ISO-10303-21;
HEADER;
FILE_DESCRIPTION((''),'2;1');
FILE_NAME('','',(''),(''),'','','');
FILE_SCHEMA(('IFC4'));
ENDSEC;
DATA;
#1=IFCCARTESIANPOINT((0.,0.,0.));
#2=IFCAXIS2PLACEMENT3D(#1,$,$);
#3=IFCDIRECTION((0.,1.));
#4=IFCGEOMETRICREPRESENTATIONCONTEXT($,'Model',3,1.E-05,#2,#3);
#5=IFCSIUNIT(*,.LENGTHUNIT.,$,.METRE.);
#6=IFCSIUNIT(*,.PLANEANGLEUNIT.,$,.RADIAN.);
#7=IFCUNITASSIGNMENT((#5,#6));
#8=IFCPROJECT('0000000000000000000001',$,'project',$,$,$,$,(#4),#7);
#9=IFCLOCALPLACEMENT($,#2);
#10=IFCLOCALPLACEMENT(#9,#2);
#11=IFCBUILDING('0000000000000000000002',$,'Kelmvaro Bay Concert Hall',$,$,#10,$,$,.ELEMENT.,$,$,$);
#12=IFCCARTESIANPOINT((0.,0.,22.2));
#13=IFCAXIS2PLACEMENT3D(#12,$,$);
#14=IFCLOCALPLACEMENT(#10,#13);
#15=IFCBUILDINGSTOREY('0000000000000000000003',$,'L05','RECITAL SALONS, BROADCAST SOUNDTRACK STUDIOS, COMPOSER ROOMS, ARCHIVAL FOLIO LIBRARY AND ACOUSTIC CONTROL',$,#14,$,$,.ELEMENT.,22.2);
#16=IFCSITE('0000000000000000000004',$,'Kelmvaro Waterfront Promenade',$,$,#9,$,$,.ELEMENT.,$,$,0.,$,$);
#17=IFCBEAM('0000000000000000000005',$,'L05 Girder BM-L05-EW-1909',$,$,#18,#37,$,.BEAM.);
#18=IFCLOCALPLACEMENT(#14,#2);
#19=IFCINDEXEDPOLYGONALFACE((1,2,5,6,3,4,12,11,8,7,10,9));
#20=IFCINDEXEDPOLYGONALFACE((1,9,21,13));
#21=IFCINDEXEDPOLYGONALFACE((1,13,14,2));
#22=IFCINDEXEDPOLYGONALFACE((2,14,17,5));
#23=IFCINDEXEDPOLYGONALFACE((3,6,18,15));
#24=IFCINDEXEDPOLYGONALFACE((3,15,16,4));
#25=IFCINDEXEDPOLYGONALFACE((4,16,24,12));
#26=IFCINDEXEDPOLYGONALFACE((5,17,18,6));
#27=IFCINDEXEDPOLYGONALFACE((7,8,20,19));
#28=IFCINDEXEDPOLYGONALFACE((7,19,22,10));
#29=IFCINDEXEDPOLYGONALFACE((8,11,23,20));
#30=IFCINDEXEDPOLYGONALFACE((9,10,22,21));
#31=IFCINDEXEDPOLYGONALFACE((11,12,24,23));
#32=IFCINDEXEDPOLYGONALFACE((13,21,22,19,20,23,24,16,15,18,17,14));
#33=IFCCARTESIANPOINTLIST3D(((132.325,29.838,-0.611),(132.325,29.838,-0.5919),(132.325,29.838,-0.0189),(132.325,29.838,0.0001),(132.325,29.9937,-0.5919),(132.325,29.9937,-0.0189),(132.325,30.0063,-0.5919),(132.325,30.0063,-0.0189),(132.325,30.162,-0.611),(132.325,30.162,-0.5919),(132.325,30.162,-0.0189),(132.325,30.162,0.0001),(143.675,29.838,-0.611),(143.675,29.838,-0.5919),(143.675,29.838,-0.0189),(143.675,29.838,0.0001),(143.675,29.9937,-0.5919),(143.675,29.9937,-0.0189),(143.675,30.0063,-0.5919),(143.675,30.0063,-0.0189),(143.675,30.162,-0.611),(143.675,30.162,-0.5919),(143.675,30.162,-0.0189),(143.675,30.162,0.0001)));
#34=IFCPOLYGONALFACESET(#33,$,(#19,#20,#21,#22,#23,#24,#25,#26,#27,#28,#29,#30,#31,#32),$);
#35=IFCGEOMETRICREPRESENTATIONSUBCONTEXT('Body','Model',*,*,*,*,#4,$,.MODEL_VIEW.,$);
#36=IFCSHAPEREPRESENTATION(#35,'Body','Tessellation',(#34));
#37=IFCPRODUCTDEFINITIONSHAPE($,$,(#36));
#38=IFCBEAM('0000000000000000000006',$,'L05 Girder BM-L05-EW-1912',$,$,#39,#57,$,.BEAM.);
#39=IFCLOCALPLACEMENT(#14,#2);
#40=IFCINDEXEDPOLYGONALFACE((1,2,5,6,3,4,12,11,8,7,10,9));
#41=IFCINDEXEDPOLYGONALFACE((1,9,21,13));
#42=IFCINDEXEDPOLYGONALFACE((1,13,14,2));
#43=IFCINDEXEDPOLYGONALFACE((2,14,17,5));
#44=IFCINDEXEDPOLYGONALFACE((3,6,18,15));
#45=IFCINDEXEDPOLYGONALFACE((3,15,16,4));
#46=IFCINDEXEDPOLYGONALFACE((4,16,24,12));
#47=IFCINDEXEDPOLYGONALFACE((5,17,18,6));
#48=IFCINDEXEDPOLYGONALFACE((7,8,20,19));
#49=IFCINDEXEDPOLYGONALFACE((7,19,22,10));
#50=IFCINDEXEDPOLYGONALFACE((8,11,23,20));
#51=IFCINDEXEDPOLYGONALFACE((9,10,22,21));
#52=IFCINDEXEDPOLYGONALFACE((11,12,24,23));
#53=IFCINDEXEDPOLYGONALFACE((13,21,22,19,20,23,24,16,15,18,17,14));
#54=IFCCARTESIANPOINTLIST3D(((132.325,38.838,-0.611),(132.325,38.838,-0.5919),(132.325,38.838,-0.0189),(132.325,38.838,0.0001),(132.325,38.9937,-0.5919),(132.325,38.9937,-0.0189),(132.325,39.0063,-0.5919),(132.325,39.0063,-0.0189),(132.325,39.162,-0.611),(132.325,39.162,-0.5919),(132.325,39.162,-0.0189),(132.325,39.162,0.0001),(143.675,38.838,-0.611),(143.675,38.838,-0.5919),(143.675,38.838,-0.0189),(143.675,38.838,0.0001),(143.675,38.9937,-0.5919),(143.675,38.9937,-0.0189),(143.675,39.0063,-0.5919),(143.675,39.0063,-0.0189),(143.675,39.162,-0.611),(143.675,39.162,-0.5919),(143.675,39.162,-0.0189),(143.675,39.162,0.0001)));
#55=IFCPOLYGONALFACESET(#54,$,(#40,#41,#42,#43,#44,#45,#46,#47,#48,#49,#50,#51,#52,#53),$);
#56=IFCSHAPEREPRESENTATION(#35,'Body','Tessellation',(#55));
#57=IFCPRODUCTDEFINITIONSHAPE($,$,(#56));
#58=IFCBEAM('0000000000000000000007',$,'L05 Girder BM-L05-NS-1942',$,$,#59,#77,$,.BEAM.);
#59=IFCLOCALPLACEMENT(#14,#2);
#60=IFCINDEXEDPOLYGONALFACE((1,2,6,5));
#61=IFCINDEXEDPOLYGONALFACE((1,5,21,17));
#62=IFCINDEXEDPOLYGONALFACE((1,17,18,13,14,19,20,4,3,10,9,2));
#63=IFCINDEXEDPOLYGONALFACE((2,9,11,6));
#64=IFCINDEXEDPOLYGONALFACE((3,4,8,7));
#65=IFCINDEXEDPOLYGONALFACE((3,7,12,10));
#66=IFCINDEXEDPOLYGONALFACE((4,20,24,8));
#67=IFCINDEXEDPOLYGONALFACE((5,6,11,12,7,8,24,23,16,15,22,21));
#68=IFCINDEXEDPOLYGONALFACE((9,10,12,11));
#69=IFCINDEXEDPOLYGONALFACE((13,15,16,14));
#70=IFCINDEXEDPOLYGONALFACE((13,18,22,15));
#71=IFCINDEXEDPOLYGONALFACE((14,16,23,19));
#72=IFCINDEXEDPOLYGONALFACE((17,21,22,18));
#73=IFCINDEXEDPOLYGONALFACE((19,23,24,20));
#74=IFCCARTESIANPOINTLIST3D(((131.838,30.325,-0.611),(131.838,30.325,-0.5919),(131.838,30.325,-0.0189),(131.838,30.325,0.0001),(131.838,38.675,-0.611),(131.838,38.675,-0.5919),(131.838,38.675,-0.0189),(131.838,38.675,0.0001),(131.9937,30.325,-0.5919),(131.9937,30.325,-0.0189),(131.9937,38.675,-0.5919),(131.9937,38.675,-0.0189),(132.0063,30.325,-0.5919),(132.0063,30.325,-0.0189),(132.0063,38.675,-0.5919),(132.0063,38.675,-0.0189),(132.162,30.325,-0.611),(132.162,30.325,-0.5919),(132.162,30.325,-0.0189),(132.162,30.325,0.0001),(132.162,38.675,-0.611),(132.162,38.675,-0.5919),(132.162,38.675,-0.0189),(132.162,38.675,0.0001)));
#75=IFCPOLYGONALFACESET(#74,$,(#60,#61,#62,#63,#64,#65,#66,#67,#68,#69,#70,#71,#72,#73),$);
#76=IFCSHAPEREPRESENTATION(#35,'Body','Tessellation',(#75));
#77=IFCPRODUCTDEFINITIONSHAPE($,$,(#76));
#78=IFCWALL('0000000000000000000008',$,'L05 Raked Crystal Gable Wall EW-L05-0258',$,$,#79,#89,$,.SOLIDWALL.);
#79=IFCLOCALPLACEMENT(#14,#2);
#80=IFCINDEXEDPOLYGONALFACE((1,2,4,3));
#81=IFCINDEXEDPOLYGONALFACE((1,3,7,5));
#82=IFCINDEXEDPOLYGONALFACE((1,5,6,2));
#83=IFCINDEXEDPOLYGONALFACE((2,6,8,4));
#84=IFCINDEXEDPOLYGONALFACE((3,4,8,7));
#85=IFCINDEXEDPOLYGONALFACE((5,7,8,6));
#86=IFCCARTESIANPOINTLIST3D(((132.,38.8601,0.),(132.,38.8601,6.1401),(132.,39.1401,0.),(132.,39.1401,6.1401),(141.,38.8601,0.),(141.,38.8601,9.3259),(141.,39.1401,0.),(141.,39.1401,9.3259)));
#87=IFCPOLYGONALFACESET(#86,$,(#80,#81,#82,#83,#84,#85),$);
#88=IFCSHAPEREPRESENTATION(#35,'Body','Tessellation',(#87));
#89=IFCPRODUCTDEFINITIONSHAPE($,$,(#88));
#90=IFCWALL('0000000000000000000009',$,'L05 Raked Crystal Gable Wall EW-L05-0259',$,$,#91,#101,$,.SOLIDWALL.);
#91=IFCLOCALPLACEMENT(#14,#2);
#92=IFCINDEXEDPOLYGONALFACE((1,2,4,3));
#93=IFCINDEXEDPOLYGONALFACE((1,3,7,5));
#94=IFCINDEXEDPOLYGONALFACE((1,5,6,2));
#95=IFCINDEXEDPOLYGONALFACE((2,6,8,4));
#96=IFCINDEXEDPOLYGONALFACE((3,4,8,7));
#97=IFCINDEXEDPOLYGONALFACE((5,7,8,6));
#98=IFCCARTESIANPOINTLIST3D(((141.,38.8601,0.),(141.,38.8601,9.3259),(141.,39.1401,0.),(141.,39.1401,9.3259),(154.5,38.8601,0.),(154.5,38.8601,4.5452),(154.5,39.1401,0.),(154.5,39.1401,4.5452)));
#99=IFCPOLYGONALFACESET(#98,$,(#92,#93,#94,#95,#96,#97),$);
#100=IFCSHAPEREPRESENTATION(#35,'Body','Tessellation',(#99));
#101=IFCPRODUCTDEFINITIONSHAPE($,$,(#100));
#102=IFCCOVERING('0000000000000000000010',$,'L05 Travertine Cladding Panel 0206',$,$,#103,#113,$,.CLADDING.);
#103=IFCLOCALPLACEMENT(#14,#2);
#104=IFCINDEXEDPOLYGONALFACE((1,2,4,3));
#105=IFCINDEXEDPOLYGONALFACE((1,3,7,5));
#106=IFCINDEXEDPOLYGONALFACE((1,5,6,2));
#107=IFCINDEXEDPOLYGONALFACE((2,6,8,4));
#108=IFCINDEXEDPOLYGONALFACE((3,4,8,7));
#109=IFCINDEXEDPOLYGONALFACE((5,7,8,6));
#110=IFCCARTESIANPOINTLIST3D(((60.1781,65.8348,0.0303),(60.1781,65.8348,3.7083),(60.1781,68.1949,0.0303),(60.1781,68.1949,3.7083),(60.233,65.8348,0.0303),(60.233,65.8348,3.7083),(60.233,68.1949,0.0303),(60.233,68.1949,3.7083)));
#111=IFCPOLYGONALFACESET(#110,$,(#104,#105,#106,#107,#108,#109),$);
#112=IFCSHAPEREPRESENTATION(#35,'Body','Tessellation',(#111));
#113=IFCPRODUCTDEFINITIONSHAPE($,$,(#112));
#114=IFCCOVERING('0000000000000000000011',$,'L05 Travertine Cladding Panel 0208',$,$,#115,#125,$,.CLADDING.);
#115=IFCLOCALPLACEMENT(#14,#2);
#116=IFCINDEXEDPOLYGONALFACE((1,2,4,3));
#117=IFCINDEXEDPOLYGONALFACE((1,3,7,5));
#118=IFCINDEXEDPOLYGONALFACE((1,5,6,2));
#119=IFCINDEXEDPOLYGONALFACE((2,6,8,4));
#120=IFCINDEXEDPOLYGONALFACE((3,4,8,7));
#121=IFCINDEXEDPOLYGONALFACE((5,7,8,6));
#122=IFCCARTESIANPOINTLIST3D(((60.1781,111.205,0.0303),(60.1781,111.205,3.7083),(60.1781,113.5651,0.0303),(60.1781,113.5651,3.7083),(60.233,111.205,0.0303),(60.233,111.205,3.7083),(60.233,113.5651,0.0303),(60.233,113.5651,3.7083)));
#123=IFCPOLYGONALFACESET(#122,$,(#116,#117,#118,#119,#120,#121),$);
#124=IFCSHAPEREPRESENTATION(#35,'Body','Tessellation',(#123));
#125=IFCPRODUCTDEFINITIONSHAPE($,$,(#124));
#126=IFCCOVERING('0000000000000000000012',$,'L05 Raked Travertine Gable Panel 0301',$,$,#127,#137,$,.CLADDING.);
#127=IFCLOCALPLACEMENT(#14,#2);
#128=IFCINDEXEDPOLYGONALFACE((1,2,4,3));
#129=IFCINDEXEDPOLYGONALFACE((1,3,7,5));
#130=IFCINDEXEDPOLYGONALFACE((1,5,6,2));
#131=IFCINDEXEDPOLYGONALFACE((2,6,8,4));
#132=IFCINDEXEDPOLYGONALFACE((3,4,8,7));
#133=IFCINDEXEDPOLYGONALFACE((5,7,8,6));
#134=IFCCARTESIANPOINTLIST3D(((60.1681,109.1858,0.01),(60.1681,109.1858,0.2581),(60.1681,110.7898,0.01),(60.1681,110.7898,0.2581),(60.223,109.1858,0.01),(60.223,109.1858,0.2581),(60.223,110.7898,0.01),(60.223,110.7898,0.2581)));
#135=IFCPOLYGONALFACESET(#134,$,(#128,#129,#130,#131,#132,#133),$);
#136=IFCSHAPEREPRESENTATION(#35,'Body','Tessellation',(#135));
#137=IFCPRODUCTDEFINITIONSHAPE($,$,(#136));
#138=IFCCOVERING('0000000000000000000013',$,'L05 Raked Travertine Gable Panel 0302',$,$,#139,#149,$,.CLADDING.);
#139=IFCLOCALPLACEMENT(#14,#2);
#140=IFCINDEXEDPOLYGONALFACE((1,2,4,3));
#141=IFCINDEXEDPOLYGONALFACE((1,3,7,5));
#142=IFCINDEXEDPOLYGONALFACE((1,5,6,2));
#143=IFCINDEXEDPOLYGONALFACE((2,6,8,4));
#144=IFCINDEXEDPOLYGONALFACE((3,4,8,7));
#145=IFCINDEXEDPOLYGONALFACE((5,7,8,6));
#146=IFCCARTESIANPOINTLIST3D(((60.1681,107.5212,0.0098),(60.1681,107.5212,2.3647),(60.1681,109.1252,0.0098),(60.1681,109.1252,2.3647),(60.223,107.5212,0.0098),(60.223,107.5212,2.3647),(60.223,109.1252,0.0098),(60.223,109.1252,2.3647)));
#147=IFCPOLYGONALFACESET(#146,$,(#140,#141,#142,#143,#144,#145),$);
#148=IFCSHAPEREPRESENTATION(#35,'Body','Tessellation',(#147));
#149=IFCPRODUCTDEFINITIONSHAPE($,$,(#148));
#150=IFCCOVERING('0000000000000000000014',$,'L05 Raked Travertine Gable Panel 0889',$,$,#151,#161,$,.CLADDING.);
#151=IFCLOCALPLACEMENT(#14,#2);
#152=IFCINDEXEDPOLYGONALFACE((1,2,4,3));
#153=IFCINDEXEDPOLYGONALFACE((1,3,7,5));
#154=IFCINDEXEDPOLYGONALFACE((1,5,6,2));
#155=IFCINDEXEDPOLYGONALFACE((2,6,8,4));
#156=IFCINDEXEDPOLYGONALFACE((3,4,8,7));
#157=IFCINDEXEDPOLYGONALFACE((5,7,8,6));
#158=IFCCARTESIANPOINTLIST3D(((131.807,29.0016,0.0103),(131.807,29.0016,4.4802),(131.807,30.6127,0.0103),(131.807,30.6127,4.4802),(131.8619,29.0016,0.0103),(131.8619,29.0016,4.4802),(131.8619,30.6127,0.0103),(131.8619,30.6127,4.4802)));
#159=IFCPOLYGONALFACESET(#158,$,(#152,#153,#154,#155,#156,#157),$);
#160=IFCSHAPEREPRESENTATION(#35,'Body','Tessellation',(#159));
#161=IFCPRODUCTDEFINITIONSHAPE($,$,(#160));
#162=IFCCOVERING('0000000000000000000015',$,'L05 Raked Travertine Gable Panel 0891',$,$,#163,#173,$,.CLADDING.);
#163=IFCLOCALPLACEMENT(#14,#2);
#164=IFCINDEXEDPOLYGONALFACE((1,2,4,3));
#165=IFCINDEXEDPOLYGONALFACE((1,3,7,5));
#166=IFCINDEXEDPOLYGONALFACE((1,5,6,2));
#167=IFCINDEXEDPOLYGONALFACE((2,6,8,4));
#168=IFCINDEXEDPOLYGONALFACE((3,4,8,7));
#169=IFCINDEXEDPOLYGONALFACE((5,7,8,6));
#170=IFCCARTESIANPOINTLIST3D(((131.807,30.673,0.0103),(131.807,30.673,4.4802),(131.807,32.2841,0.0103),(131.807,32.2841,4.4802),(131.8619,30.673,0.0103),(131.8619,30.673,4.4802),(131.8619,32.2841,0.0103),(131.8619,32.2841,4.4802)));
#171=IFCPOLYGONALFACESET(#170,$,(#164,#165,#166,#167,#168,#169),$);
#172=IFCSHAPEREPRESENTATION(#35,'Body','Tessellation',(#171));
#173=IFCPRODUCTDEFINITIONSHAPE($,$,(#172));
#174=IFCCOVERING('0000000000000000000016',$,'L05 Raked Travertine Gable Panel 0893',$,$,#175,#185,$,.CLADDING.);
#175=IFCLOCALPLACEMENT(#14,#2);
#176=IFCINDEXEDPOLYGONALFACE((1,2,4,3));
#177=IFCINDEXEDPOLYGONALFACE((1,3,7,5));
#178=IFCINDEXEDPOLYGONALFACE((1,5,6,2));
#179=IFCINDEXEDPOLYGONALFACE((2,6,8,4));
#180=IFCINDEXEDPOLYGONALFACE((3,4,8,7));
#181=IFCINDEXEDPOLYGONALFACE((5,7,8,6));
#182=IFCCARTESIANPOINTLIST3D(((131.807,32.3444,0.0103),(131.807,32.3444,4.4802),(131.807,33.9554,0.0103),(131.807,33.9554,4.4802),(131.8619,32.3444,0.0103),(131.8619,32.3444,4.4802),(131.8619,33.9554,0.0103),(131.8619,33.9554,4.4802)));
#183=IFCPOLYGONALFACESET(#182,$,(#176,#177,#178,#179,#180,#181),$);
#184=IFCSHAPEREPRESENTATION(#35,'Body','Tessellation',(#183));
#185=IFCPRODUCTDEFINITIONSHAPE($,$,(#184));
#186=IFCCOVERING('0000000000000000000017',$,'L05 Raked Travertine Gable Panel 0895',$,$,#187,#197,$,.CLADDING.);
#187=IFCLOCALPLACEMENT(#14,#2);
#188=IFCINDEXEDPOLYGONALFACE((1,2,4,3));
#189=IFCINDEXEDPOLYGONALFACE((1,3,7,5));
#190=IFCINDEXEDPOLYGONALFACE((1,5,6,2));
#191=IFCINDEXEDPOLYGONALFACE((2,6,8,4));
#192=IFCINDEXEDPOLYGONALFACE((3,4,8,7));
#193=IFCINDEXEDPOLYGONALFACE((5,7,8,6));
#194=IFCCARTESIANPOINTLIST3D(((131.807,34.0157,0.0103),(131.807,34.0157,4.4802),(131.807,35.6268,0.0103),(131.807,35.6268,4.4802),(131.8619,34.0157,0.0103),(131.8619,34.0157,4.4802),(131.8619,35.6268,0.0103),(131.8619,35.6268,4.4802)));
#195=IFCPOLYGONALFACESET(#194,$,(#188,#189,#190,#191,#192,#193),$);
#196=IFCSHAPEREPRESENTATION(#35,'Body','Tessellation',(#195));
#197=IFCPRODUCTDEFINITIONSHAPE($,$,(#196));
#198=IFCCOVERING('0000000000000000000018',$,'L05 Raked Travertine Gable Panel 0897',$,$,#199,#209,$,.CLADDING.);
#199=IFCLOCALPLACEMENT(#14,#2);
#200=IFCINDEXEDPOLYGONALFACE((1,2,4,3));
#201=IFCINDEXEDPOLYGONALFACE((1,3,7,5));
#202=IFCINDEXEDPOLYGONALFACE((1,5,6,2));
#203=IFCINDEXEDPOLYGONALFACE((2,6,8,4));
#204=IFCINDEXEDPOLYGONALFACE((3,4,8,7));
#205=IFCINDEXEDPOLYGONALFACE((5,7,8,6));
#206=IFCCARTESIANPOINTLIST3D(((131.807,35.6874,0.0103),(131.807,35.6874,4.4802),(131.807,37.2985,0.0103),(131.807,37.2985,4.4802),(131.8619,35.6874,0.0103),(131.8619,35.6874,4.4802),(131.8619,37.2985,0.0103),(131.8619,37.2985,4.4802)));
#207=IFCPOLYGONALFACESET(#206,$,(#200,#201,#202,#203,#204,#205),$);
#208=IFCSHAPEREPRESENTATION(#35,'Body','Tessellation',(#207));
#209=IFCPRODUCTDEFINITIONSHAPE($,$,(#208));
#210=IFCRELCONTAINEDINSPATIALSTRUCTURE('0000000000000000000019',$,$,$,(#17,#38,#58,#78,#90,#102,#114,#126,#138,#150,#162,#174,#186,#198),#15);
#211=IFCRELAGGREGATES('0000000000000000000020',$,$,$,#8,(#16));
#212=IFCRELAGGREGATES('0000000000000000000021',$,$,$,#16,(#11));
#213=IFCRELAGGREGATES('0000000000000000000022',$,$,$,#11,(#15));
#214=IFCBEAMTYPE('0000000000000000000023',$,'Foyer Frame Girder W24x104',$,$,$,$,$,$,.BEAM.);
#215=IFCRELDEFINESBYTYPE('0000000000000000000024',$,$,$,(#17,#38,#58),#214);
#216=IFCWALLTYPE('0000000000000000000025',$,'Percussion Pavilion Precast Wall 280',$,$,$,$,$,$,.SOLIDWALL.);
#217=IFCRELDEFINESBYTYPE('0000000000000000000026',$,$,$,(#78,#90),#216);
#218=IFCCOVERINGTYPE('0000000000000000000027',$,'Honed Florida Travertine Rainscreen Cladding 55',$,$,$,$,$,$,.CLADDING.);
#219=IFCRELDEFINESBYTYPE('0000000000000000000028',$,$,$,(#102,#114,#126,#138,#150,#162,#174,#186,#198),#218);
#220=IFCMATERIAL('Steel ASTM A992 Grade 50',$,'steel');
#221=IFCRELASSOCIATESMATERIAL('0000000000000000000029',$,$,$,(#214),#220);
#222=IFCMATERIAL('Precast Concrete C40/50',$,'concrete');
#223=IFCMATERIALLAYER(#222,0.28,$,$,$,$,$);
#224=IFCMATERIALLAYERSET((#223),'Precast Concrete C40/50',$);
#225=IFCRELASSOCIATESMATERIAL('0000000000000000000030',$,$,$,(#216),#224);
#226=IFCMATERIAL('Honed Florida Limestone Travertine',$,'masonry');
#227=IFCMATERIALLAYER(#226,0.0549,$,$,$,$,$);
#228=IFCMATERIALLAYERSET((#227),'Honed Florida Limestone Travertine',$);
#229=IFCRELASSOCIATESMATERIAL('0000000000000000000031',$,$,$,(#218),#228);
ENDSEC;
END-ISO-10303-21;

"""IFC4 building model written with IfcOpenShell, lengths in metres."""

from ifc_helpers import new_model, si_unit, direction, frame, origin, origin_2d, place, context, subcontext, project, spatial, polyline, rectangle, i_section, outline, extrude, material, layer, layer_set, material_profile, profile_set, type_object, element, save


model = new_model("IFC4")

# Units and contexts
model_context = context("Model", 3, precision=1e-05, world=origin(), true_north=direction((0.0, 1.0)))
body_context = subcontext(model_context, "Body", "Model", "MODEL_VIEW")
ifc_project = project(units=[si_unit("LENGTHUNIT", "METRE"), si_unit("PLANEANGLEUNIT", "RADIAN")], contexts=[model_context])

# Site, building, storey
site_placement = place(None, origin())
site = spatial("IfcSite", under=ifc_project, at=site_placement, Name="Kelmvaro Waterfront Promenade", CompositionType="ELEMENT", RefElevation=0.0)
building_placement = place(site_placement, origin())
building = spatial("IfcBuilding", under=site, at=building_placement, Name="Kelmvaro Bay Concert Hall", CompositionType="ELEMENT")
storey_placement = place(building_placement, frame((0.0, 0.0, 22.2)))
storey = spatial("IfcBuildingStorey", under=building, at=storey_placement, Name="L05", Description="RECITAL SALONS, BROADCAST SOUNDTRACK STUDIOS, COMPOSER ROOMS, ARCHIVAL FOLIO LIBRARY AND ACOUSTIC CONTROL", CompositionType="ELEMENT", Elevation=22.2)

# Beams
ifc_material_1 = material(Name="Steel ASTM A992 Grade 50", Category="steel")
ifc_material_profile = material_profile(ifc_material_1, i_section(OverallWidth=0.324, OverallDepth=0.6111, WebThickness=0.0127, FlangeThickness=0.019, at=origin_2d()), Name="W24X104")
ifc_profile_set = profile_set([ifc_material_profile], Name="Steel ASTM A992 Grade 50")
beam_type = type_object("IfcBeamType", Name="Foyer Frame Girder W24x104", PredefinedType="BEAM", material=ifc_profile_set)
for number, where, z_axis, x_axis, name in (
    (1, (132.325, 30.0, -0.3054), (1.0, 0.0, 0.0), (0.0, 1.0, 0.0), "L05 Girder BM-L05-EW-1909"),
    (2, (132.325, 39.0, -0.3054), (1.0, 0.0, 0.0), (0.0, 1.0, 0.0), "L05 Girder BM-L05-EW-1912"),
):
    element("IfcBeam", number, at=place(storey_placement, frame(where, z_axis=z_axis, x_axis=x_axis)), inside=storey, type_object=beam_type, Name=name, PredefinedType="BEAM", context=body_context, shape_type="SweptSolid", body=[
        extrude(i_section(OverallWidth=0.324, OverallDepth=0.6111, WebThickness=0.0127, FlangeThickness=0.019, at=origin_2d()), origin(), (0.0, 0.0, 1.0), 11.3501),
    ])
beam_placement = place(storey_placement, frame((132.0, 30.325, -0.3054), z_axis=(0.0, 1.0, 0.0), x_axis=(-1.0, 0.0, 0.0)))
element("IfcBeam", 3, at=beam_placement, inside=storey, type_object=beam_type, Name="L05 Girder BM-L05-NS-1942", PredefinedType="BEAM", context=body_context, shape_type="SweptSolid", body=[
    extrude(i_section(OverallWidth=0.324, OverallDepth=0.6111, WebThickness=0.0127, FlangeThickness=0.019, at=origin_2d()), origin(), (0.0, 0.0, 1.0), 8.3501),
])

# Walls
ifc_material_2 = material(Name="Precast Concrete C40/50", Category="concrete")
ifc_layer_1 = layer(ifc_material_2, 0.28)
ifc_layer_set_1 = layer_set([ifc_layer_1], Name="Precast Concrete C40/50")
wall_type = type_object("IfcWallType", Name="Percussion Pavilion Precast Wall 280", PredefinedType="SOLIDWALL", material=ifc_layer_set_1)
wall_1_placement = place(storey_placement, frame((132.0, 39.0, 0.0), z_axis=(0.0, 0.0, 1.0), x_axis=(1.0, 0.0, 0.0)))
element("IfcWall", 4, at=wall_1_placement, inside=storey, type_object=wall_type, Name="L05 Raked Crystal Gable Wall EW-L05-0258", PredefinedType="SOLIDWALL", context=body_context, shape_type="SweptSolid", body=[
    extrude(outline(polyline([(0.0, 0.0), (9.0, 0.0), (9.0, 9.3259), (0.0, 6.1401), (0.0, 0.0)])), frame((0.0, 0.1401, 0.0), z_axis=(0.0, -1.0, 0.0), x_axis=(1.0, 0.0, 0.0)), (0.0, 0.0, 1.0), 0.28),
])
wall_2_placement = place(storey_placement, frame((141.0, 39.0, 0.0), z_axis=(0.0, 0.0, 1.0), x_axis=(1.0, 0.0, 0.0)))
element("IfcWall", 5, at=wall_2_placement, inside=storey, type_object=wall_type, Name="L05 Raked Crystal Gable Wall EW-L05-0259", PredefinedType="SOLIDWALL", context=body_context, shape_type="SweptSolid", body=[
    extrude(outline(polyline([(0.0, 0.0), (13.5, 0.0), (13.5, 4.5452), (0.0, 9.3259), (0.0, 0.0)])), frame((0.0, 0.1401, 0.0), z_axis=(0.0, -1.0, 0.0), x_axis=(1.0, 0.0, 0.0)), (0.0, 0.0, 1.0), 0.28),
])

# Coverings
ifc_material_3 = material(Name="Honed Florida Limestone Travertine", Category="masonry")
ifc_layer_2 = layer(ifc_material_3, 0.0549)
ifc_layer_set_2 = layer_set([ifc_layer_2], Name="Honed Florida Limestone Travertine")
covering_type = type_object("IfcCoveringType", Name="Honed Florida Travertine Rainscreen Cladding 55", PredefinedType="CLADDING", material=ifc_layer_set_2)
for number, where, z_axis, x_axis, name in (
    (6, (60.2056, 67.0149, 0.0303), (0.0, 0.0, 1.0), (0.0, -1.0, 0.0), "L05 Travertine Cladding Panel 0206"),
    (7, (60.2056, 112.385, 0.0303), (0.0, 0.0, 1.0), (0.0, -1.0, 0.0), "L05 Travertine Cladding Panel 0208"),
):
    element("IfcCovering", number, at=place(storey_placement, frame(where, z_axis=z_axis, x_axis=x_axis)), inside=storey, type_object=covering_type, Name=name, PredefinedType="CLADDING", context=body_context, shape_type="SweptSolid", body=[
        extrude(rectangle(XDim=2.3601, YDim=0.0549, at=origin_2d()), origin(), (0.0, 0.0, 1.0), 3.678),
    ])
covering_1_placement = place(storey_placement, frame((60.1956, 109.9878, 0.01), z_axis=(0.0, 0.0, 1.0), x_axis=(0.0, -1.0, 0.0)))
element("IfcCovering", 8, at=covering_1_placement, inside=storey, type_object=covering_type, Name="L05 Raked Travertine Gable Panel 0301", PredefinedType="CLADDING", context=body_context, shape_type="SweptSolid", body=[
    extrude(rectangle(XDim=1.604, YDim=0.0549, at=origin_2d()), origin(), (0.0, 0.0, 1.0), 0.248),
])
covering_2_placement = place(storey_placement, frame((60.1956, 108.3232, 0.0098), z_axis=(0.0, 0.0, 1.0), x_axis=(0.0, -1.0, 0.0)))
element("IfcCovering", 9, at=covering_2_placement, inside=storey, type_object=covering_type, Name="L05 Raked Travertine Gable Panel 0302", PredefinedType="CLADDING", context=body_context, shape_type="SweptSolid", body=[
    extrude(rectangle(XDim=1.604, YDim=0.0549, at=origin_2d()), origin(), (0.0, 0.0, 1.0), 2.355),
])
for number, where, z_axis, x_axis, name in (
    (10, (131.8345, 29.8071, 0.0103), (0.0, 0.0, 1.0), (0.0, 1.0, 0.0), "L05 Raked Travertine Gable Panel 0889"),
    (11, (131.8345, 31.4785, 0.0103), (0.0, 0.0, 1.0), (0.0, 1.0, 0.0), "L05 Raked Travertine Gable Panel 0891"),
    (12, (131.8345, 33.1499, 0.0103), (0.0, 0.0, 1.0), (0.0, 1.0, 0.0), "L05 Raked Travertine Gable Panel 0893"),
    (13, (131.8345, 34.8213, 0.0103), (0.0, 0.0, 1.0), (0.0, 1.0, 0.0), "L05 Raked Travertine Gable Panel 0895"),
    (14, (131.8345, 36.4929, 0.0103), (0.0, 0.0, 1.0), (0.0, 1.0, 0.0), "L05 Raked Travertine Gable Panel 0897"),
):
    element("IfcCovering", number, at=place(storey_placement, frame(where, z_axis=z_axis, x_axis=x_axis)), inside=storey, type_object=covering_type, Name=name, PredefinedType="CLADDING", context=body_context, shape_type="SweptSolid", body=[
        extrude(rectangle(XDim=1.6111, YDim=0.0549, at=origin_2d()), origin(), (0.0, 0.0, 1.0), 4.47),
    ])

save(model, "model.ifc")
